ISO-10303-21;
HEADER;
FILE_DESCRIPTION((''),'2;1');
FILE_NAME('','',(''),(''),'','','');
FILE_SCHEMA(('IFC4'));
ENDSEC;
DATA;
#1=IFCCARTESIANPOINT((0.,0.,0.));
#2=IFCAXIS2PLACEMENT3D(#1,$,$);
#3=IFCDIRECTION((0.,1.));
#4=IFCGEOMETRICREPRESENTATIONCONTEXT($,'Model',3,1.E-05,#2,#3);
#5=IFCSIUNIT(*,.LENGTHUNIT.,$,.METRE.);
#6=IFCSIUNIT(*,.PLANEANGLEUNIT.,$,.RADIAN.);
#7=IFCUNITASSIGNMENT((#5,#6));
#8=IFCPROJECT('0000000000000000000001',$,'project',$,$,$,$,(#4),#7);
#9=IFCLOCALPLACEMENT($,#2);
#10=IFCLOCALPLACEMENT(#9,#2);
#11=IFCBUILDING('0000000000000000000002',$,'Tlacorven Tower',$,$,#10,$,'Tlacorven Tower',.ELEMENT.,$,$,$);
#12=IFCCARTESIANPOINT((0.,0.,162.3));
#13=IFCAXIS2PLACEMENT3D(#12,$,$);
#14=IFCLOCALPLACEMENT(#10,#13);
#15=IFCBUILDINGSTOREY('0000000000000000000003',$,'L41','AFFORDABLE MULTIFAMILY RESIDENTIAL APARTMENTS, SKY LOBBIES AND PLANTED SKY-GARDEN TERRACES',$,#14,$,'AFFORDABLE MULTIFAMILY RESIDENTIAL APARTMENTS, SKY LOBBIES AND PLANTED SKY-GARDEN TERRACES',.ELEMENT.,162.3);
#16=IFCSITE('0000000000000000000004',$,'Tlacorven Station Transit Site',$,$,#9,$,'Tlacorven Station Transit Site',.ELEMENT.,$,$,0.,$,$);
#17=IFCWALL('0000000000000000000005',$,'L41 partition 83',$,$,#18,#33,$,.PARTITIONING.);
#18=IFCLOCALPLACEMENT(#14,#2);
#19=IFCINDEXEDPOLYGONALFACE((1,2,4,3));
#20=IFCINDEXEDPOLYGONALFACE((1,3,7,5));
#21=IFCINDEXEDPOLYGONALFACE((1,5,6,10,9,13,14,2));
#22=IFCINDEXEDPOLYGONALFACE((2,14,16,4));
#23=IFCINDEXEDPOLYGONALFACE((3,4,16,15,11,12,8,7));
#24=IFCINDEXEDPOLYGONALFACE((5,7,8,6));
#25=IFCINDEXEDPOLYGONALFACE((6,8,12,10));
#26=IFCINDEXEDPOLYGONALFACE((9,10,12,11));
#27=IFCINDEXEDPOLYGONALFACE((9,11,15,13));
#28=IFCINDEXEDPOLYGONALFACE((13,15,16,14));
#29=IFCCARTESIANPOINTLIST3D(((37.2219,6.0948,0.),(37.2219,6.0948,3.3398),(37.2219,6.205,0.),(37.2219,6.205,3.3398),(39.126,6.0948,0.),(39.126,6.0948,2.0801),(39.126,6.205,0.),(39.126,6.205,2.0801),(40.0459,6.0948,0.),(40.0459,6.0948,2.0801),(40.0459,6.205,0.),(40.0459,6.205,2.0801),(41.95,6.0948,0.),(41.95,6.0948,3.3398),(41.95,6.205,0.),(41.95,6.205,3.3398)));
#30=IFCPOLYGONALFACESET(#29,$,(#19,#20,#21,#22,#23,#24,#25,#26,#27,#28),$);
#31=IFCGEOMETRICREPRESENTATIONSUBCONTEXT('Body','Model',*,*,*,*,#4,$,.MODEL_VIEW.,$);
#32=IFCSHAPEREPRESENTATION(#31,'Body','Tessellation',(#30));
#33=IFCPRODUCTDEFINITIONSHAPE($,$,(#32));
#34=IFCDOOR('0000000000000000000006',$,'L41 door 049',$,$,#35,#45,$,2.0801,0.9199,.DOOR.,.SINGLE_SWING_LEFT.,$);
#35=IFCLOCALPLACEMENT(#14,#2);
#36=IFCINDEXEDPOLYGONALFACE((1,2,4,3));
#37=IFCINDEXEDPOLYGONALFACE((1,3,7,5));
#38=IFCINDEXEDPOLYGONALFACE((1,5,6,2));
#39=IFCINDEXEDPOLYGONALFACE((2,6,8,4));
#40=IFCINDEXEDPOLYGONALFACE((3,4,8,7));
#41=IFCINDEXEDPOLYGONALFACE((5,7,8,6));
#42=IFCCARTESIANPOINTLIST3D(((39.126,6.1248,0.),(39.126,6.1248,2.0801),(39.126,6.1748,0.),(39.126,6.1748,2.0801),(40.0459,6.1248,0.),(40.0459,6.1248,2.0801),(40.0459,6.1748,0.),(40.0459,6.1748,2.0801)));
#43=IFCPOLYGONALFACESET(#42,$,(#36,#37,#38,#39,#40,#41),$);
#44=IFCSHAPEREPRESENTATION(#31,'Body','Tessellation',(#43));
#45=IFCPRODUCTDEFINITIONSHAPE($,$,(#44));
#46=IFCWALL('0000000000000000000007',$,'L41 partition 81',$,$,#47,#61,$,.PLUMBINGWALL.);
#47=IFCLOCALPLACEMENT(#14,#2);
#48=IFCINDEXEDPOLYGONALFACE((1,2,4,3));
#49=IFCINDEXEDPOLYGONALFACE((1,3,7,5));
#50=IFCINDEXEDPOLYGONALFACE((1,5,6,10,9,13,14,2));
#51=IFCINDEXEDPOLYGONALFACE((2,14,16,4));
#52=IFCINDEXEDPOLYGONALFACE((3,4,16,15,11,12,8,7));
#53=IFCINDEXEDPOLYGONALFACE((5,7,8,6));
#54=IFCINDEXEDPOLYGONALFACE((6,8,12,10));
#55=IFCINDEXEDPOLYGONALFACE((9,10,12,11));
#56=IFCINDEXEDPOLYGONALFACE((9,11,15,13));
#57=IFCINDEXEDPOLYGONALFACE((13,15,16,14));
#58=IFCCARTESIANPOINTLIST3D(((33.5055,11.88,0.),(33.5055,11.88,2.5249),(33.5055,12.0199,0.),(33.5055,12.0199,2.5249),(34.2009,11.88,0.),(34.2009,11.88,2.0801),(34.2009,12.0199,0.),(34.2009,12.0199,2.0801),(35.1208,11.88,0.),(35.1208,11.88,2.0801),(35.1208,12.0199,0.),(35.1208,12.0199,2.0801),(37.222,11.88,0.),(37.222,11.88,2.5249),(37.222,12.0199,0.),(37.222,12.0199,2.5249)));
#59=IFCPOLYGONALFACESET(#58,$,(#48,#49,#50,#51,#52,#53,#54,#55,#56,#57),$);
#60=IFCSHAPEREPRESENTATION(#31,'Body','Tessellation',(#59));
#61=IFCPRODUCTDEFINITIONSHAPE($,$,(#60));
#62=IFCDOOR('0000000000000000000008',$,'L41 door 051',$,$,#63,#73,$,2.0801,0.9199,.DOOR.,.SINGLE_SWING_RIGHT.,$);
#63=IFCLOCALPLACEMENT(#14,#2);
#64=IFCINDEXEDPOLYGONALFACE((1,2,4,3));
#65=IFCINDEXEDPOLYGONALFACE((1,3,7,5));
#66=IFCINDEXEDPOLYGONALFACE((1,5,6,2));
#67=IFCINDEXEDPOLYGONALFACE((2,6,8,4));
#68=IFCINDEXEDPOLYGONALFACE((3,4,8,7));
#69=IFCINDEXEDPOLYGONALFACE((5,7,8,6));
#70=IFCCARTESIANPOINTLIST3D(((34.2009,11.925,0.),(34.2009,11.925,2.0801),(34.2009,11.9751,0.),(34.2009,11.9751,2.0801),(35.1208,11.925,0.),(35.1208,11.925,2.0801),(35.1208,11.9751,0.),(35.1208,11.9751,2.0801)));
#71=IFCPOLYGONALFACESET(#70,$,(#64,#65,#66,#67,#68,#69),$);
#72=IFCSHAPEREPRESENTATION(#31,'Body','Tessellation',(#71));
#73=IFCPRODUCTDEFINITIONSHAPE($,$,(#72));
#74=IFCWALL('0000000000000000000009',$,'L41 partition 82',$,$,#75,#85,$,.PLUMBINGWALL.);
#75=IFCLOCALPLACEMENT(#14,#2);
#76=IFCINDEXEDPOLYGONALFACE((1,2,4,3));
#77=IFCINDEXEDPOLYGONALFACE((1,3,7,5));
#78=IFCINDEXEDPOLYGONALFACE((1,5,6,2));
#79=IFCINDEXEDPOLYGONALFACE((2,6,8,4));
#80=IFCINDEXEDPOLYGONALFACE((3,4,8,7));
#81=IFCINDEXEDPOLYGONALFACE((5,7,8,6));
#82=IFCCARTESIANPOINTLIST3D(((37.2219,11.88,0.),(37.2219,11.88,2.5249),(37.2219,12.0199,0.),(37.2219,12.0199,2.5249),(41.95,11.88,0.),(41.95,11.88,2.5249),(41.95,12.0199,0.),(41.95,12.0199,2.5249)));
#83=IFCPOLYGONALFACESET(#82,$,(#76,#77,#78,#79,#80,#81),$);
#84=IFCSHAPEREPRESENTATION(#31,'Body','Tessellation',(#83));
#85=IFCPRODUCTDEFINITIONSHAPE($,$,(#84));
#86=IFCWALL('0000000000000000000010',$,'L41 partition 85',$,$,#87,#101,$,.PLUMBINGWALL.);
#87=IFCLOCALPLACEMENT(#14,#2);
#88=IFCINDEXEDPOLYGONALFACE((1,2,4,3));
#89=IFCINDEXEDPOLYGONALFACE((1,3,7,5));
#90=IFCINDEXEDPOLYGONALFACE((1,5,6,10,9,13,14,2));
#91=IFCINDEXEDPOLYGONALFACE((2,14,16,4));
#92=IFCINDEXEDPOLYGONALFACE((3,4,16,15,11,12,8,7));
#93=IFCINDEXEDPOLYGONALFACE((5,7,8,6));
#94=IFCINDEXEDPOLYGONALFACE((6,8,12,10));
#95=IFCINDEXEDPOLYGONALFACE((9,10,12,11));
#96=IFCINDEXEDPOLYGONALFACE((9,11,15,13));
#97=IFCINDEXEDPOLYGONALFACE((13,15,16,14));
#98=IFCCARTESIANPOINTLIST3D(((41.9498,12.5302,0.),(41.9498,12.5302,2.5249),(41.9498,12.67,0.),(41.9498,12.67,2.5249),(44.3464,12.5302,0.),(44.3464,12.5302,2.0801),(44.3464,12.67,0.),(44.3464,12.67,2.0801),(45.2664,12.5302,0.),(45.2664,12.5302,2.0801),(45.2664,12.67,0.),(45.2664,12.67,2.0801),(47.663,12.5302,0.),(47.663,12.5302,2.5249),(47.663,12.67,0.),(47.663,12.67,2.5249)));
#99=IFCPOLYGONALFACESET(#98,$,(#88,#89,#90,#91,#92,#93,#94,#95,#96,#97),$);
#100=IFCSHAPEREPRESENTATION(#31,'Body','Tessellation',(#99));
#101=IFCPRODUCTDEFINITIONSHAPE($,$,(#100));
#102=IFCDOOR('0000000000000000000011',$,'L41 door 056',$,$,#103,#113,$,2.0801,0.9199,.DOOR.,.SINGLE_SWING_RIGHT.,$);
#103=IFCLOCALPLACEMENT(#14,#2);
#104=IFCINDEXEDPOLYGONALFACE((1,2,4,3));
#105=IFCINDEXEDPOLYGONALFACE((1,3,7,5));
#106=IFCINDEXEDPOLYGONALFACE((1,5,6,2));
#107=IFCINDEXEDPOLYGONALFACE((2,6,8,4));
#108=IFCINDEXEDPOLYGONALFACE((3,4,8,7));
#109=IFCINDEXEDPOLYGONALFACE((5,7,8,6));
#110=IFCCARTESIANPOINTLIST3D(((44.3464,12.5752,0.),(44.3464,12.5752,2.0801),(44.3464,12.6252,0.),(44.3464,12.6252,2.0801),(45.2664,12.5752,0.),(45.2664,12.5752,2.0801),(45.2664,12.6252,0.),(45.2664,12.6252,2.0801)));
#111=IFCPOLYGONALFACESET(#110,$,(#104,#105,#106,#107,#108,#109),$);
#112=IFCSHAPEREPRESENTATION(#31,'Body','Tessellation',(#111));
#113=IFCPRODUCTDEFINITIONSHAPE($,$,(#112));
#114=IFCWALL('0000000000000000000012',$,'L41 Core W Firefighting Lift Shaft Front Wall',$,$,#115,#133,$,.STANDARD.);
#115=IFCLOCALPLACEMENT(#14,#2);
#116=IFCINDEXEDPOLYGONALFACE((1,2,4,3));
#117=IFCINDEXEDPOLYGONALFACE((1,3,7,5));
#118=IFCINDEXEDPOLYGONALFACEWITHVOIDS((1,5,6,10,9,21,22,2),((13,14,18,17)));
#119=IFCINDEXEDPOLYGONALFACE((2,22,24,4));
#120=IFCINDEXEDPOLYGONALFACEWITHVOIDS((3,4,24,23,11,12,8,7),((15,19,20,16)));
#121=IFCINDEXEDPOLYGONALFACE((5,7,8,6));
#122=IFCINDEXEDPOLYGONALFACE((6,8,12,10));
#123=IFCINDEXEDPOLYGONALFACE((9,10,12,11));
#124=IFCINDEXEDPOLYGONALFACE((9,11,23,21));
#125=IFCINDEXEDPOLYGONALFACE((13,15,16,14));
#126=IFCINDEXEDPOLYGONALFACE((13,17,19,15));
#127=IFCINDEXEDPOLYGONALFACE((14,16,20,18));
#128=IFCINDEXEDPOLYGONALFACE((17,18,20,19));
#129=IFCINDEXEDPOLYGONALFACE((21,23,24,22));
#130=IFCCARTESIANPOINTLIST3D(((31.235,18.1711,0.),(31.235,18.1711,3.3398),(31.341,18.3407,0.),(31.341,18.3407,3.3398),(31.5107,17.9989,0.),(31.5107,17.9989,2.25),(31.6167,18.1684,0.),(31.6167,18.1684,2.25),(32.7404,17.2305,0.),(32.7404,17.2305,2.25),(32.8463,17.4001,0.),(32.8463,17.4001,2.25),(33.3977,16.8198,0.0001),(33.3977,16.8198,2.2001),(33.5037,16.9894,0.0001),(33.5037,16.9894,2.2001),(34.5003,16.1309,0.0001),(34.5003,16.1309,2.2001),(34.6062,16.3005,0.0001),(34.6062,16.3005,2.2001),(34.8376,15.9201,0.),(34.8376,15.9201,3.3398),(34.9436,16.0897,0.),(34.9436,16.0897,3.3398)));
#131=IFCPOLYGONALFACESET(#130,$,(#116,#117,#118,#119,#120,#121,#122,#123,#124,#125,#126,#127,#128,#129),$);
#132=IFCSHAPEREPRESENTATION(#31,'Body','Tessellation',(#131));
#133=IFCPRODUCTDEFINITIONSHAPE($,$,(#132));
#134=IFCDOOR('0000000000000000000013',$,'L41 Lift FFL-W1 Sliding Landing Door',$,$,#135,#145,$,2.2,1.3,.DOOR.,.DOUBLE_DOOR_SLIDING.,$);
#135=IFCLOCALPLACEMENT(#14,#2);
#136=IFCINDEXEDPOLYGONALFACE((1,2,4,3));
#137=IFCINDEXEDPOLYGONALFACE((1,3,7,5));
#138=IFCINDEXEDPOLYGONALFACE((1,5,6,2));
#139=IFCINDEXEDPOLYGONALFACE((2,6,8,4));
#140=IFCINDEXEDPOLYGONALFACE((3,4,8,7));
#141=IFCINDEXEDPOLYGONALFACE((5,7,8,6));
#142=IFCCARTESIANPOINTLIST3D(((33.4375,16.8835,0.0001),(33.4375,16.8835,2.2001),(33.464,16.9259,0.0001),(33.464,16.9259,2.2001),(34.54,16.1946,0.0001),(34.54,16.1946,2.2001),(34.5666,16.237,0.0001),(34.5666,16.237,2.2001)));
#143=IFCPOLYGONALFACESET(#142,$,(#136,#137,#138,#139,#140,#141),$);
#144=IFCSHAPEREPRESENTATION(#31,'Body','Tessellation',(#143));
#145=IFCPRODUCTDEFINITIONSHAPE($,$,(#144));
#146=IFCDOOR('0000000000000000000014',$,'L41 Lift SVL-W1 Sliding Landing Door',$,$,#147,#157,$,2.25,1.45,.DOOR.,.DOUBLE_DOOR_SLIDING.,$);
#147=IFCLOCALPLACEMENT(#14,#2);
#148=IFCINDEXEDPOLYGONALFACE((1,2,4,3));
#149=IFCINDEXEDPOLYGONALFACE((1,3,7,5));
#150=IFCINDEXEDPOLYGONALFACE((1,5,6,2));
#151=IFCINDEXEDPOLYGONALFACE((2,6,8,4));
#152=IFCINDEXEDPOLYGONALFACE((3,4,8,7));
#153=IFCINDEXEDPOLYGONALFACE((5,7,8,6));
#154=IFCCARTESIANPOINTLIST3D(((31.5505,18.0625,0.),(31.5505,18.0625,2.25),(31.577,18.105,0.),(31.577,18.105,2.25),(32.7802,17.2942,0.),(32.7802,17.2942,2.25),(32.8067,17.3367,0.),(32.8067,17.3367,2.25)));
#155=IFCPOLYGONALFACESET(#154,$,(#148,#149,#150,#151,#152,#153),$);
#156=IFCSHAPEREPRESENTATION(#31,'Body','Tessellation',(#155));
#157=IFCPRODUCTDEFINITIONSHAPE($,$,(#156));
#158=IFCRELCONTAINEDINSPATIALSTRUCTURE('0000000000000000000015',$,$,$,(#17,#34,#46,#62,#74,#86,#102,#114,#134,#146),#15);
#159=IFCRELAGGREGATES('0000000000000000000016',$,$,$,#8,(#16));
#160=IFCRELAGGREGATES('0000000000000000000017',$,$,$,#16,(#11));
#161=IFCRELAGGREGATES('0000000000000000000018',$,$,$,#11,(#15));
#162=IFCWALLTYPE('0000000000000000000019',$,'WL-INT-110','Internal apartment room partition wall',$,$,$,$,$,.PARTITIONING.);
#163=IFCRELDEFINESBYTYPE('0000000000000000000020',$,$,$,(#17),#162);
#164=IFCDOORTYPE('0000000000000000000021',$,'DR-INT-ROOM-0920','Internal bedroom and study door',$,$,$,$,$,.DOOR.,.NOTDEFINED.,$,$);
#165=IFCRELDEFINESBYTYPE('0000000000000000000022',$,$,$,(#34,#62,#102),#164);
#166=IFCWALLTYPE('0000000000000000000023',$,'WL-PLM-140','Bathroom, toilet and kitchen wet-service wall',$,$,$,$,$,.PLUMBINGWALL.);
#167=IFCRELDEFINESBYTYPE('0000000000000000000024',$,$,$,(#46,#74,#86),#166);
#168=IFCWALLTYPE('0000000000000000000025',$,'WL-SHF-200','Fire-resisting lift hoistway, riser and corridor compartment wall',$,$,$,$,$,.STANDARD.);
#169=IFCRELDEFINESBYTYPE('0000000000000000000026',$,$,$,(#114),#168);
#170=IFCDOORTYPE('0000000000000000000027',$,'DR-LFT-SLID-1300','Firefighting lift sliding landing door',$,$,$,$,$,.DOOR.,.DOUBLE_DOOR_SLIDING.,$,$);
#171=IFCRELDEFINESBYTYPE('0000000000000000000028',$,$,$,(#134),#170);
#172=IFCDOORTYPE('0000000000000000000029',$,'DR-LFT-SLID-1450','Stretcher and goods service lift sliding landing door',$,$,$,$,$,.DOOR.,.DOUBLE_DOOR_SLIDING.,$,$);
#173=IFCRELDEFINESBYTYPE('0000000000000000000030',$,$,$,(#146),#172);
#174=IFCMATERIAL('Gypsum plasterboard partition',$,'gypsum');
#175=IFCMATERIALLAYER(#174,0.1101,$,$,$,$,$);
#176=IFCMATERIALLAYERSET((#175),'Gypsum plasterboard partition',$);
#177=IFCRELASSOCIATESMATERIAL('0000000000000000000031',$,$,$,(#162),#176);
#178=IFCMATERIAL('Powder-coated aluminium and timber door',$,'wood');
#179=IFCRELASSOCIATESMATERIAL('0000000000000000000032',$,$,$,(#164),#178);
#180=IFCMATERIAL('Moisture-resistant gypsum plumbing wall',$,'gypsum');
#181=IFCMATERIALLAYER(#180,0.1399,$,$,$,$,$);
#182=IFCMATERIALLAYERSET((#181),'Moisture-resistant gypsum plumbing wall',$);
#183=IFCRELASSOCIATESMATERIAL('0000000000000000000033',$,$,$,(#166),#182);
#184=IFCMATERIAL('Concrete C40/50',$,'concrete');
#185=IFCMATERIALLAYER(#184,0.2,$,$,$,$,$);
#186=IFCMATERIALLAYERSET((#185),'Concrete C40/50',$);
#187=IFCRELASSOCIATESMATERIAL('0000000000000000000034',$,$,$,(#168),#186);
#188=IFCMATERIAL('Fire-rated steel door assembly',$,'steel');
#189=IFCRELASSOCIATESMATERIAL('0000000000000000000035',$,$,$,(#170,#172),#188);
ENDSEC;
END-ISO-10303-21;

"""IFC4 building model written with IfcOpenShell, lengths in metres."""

from ifc_helpers import new_model, si_unit, direction, frame, frame_2d, origin, place, context, subcontext, project, spatial, rectangle, extrude, source, transform, mapped, material, layer, layer_set, type_object, element, fill, save


model = new_model("IFC4")

# Units and contexts
model_context = context("Model", 3, precision=1e-05, world=origin(), true_north=direction((0.0, 1.0)))
body_context = subcontext(model_context, "Body", "Model", "MODEL_VIEW")
ifc_project = project(units=[si_unit("LENGTHUNIT", "METRE"), si_unit("PLANEANGLEUNIT", "RADIAN")], contexts=[model_context])

# Site, building, storey
site_placement = place(None, origin())
site = spatial("IfcSite", under=ifc_project, at=site_placement, Name="Tlacorven Station Transit Site", LongName="Tlacorven Station Transit Site", CompositionType="ELEMENT", RefElevation=0.0)
building_placement = place(site_placement, origin())
building = spatial("IfcBuilding", under=site, at=building_placement, Name="Tlacorven Tower", LongName="Tlacorven Tower", CompositionType="ELEMENT")
storey_placement = place(building_placement, frame((0.0, 0.0, 162.3)))
storey = spatial("IfcBuildingStorey", under=building, at=storey_placement, Name="L41", Description="AFFORDABLE MULTIFAMILY RESIDENTIAL APARTMENTS, SKY LOBBIES AND PLANTED SKY-GARDEN TERRACES", LongName="AFFORDABLE MULTIFAMILY RESIDENTIAL APARTMENTS, SKY LOBBIES AND PLANTED SKY-GARDEN TERRACES", CompositionType="ELEMENT", Elevation=162.3)

# Shared definitions
ifc_material_1 = material(Name="Fire-rated steel door assembly", Category="steel")

# Walls, openings, doors
ifc_material_2 = material(Name="Gypsum plasterboard partition", Category="gypsum")
ifc_layer_1 = layer(ifc_material_2, 0.1101)
ifc_layer_set_1 = layer_set([ifc_layer_1], Name="Gypsum plasterboard partition")
wall_type_1 = type_object("IfcWallType", Name="WL-INT-110", Description="Internal apartment room partition wall", PredefinedType="PARTITIONING", material=ifc_layer_set_1)
wall_1_placement = place(storey_placement, frame((37.2219, 6.1499, 0.0), z_axis=(0.0, 0.0, 1.0), x_axis=(1.0, 0.0, 0.0)))
wall_1 = element("IfcWall", 1, at=wall_1_placement, inside=storey, type_object=wall_type_1, Name="L41 partition 83", PredefinedType="PARTITIONING", context=body_context, shape_type="SweptSolid", body=[
    extrude(rectangle(XDim=4.728, YDim=0.1101, at=frame_2d((2.364, 0.0))), origin(), (0.0, 0.0, 1.0), 3.3398),
])
opening_1_placement = place(wall_1_placement, frame((1.9041, 0.0, 0.0)))
opening_1 = element("IfcOpeningElement", 2, at=opening_1_placement, cuts=wall_1, PredefinedType="OPENING", context=body_context, shape_type="SweptSolid", body=[
    extrude(rectangle(XDim=0.9199, YDim=2.0801, at=frame_2d((0.46, 1.04))), frame((0.0, 0.0649, 0.0), z_axis=(0.0, -1.0, 0.0), x_axis=(1.0, 0.0, 0.0)), (0.0, 0.0, 1.0), 0.1301),
])
ifc_material_3 = material(Name="Powder-coated aluminium and timber door", Category="wood")
door_type_1 = type_object("IfcDoorType", Name="DR-INT-ROOM-0920", Description="Internal bedroom and study door", OperationType="NOTDEFINED", PredefinedType="DOOR", material=ifc_material_3)
shared_shape_1 = source(origin(), body_context, "Body", "SweptSolid", [
    extrude(rectangle(XDim=0.9199, YDim=2.0801, at=frame_2d((0.46, 1.04))), frame((0.0, 0.0249, 0.0), z_axis=(0.0, -1.0, 0.0), x_axis=(1.0, 0.0, 0.0)), (0.0, 0.0, 1.0), 0.05),
])
door_1_placement = place(opening_1_placement, origin())
door_1 = element("IfcDoor", 3, at=door_1_placement, inside=storey, type_object=door_type_1, Name="L41 door 049", OperationType="SINGLE_SWING_LEFT", OverallHeight=2.0801, OverallWidth=0.9199, PredefinedType="DOOR", context=body_context, shape_type="MappedRepresentation", body=[
    mapped(shared_shape_1, transform((0.0, 0.0, 0.0), scale=1.0)),
])
fill(opening_1, door_1)
ifc_material_4 = material(Name="Moisture-resistant gypsum plumbing wall", Category="gypsum")
ifc_layer_2 = layer(ifc_material_4, 0.1399)
ifc_layer_set_2 = layer_set([ifc_layer_2], Name="Moisture-resistant gypsum plumbing wall")
wall_type_2 = type_object("IfcWallType", Name="WL-PLM-140", Description="Bathroom, toilet and kitchen wet-service wall", PredefinedType="PLUMBINGWALL", material=ifc_layer_set_2)
wall_2_placement = place(storey_placement, frame((33.5054, 11.95, 0.0), z_axis=(0.0, 0.0, 1.0), x_axis=(1.0, 0.0, 0.0)))
wall_2 = element("IfcWall", 4, at=wall_2_placement, inside=storey, type_object=wall_type_2, Name="L41 partition 81", PredefinedType="PLUMBINGWALL", context=body_context, shape_type="SweptSolid", body=[
    extrude(rectangle(XDim=3.7166, YDim=0.1399, at=frame_2d((1.8584, 0.0))), origin(), (0.0, 0.0, 1.0), 2.5249),
])
opening_2_placement = place(wall_2_placement, frame((0.6956, 0.0, 0.0)))
opening_2 = element("IfcOpeningElement", 5, at=opening_2_placement, cuts=wall_2, PredefinedType="OPENING", context=body_context, shape_type="SweptSolid", body=[
    extrude(rectangle(XDim=0.9199, YDim=2.0801, at=frame_2d((0.46, 1.04))), frame((0.0, 0.0801, 0.0), z_axis=(0.0, -1.0, 0.0), x_axis=(1.0, 0.0, 0.0)), (0.0, 0.0, 1.0), 0.1599),
])
door_2_placement = place(opening_2_placement, frame((0.9199, 0.0, 0.0), z_axis=(0.0, 0.0, 1.0), x_axis=(-1.0, 0.0, 0.0)))
door_2 = element("IfcDoor", 6, at=door_2_placement, inside=storey, type_object=door_type_1, Name="L41 door 051", OperationType="SINGLE_SWING_RIGHT", OverallHeight=2.0801, OverallWidth=0.9199, PredefinedType="DOOR", context=body_context, shape_type="MappedRepresentation", body=[
    mapped(shared_shape_1, transform((0.0, 0.0, 0.0), scale=1.0)),
])
fill(opening_2, door_2)

# Wall
wall_3_placement = place(storey_placement, frame((37.2219, 11.95, 0.0), z_axis=(0.0, 0.0, 1.0), x_axis=(1.0, 0.0, 0.0)))
element("IfcWall", 7, at=wall_3_placement, inside=storey, type_object=wall_type_2, Name="L41 partition 82", PredefinedType="PLUMBINGWALL", context=body_context, shape_type="SweptSolid", body=[
    extrude(rectangle(XDim=4.728, YDim=0.1399, at=frame_2d((2.364, 0.0))), origin(), (0.0, 0.0, 1.0), 2.5249),
])

# Wall, opening, door
wall_4_placement = place(storey_placement, frame((41.95, 12.6001, 0.0), z_axis=(0.0, 0.0, 1.0), x_axis=(1.0, 0.0, 0.0)))
wall_4 = element("IfcWall", 8, at=wall_4_placement, inside=storey, type_object=wall_type_2, Name="L41 partition 85", PredefinedType="PLUMBINGWALL", context=body_context, shape_type="SweptSolid", body=[
    extrude(rectangle(XDim=5.7131, YDim=0.1399, at=frame_2d((2.8564, 0.0))), origin(), (0.0, 0.0, 1.0), 2.5249),
])
opening_3_placement = place(wall_4_placement, frame((2.3965, 0.0, 0.0)))
opening_3 = element("IfcOpeningElement", 9, at=opening_3_placement, cuts=wall_4, PredefinedType="OPENING", context=body_context, shape_type="SweptSolid", body=[
    extrude(rectangle(XDim=0.9199, YDim=2.0801, at=frame_2d((0.46, 1.04))), frame((0.0, 0.0801, 0.0), z_axis=(0.0, -1.0, 0.0), x_axis=(1.0, 0.0, 0.0)), (0.0, 0.0, 1.0), 0.1599),
])
door_3_placement = place(opening_3_placement, frame((0.9199, 0.0, 0.0), z_axis=(0.0, 0.0, 1.0), x_axis=(-1.0, 0.0, 0.0)))
door_3 = element("IfcDoor", 10, at=door_3_placement, inside=storey, type_object=door_type_1, Name="L41 door 056", OperationType="SINGLE_SWING_RIGHT", OverallHeight=2.0801, OverallWidth=0.9199, PredefinedType="DOOR", context=body_context, shape_type="MappedRepresentation", body=[
    mapped(shared_shape_1, transform((0.0, 0.0, 0.0), scale=1.0)),
])
fill(opening_3, door_3)

# Wall, openings, doors
ifc_material_5 = material(Name="Concrete C40/50", Category="concrete")
ifc_layer_3 = layer(ifc_material_5, 0.2)
ifc_layer_set_3 = layer_set([ifc_layer_3], Name="Concrete C40/50")
wall_type_3 = type_object("IfcWallType", Name="WL-SHF-200", Description="Fire-resisting lift hoistway, riser and corridor compartment wall", PredefinedType="STANDARD", material=ifc_layer_set_3)
wall_5_placement = place(storey_placement, frame((34.8906, 16.0049, 0.0), z_axis=(0.0, 0.0, 1.0), x_axis=(-0.848063, 0.529896, 0.0)))
wall_5 = element("IfcWall", 11, at=wall_5_placement, inside=storey, type_object=wall_type_3, Name="L41 Core W Firefighting Lift Shaft Front Wall", PredefinedType="STANDARD", context=body_context, shape_type="SweptSolid", body=[
    extrude(rectangle(XDim=4.248, YDim=0.2, at=frame_2d((2.124, 0.0))), origin(), (0.0, 0.0, 1.0), 3.3398),
])
opening_4_placement = place(wall_5_placement, frame((0.3979, 0.0, 0.0)))
opening_4 = element("IfcOpeningElement", 12, at=opening_4_placement, cuts=wall_5, PredefinedType="OPENING", context=body_context, shape_type="SweptSolid", body=[
    extrude(rectangle(XDim=1.3, YDim=2.2, at=frame_2d((0.6499, 1.1001))), frame((0.0, 0.1099, 0.0), z_axis=(0.0, -1.0, 0.0), x_axis=(1.0, 0.0, 0.0)), (0.0, 0.0, 1.0), 0.22),
])
opening_5_placement = place(wall_5_placement, frame((2.4729, 0.0, 0.0)))
opening_5 = element("IfcOpeningElement", 13, at=opening_5_placement, cuts=wall_5, PredefinedType="OPENING", context=body_context, shape_type="SweptSolid", body=[
    extrude(rectangle(XDim=1.45, YDim=2.25, at=frame_2d((0.7251, 1.125))), frame((0.0, 0.1099, 0.0), z_axis=(0.0, -1.0, 0.0), x_axis=(1.0, 0.0, 0.0)), (0.0, 0.0, 1.0), 0.22),
])
door_type_2 = type_object("IfcDoorType", Name="DR-LFT-SLID-1300", Description="Firefighting lift sliding landing door", OperationType="DOUBLE_DOOR_SLIDING", PredefinedType="DOOR", material=ifc_material_1)
shared_shape_2 = source(origin(), body_context, "Body", "SweptSolid", [
    extrude(rectangle(XDim=1.3, YDim=2.2, at=frame_2d((0.6499, 1.1001))), frame((0.0, 0.0249, 0.0), z_axis=(0.0, -1.0, 0.0), x_axis=(1.0, 0.0, 0.0)), (0.0, 0.0, 1.0), 0.05),
])
door_4_placement = place(opening_4_placement, origin())
door_4 = element("IfcDoor", 14, at=door_4_placement, inside=storey, type_object=door_type_2, Name="L41 Lift FFL-W1 Sliding Landing Door", OperationType="DOUBLE_DOOR_SLIDING", OverallHeight=2.2, OverallWidth=1.3, PredefinedType="DOOR", context=body_context, shape_type="MappedRepresentation", body=[
    mapped(shared_shape_2, transform((0.0, 0.0, 0.0), scale=1.0)),
])
fill(opening_4, door_4)
door_type_3 = type_object("IfcDoorType", Name="DR-LFT-SLID-1450", Description="Stretcher and goods service lift sliding landing door", OperationType="DOUBLE_DOOR_SLIDING", PredefinedType="DOOR", material=ifc_material_1)
shared_shape_3 = source(origin(), body_context, "Body", "SweptSolid", [
    extrude(rectangle(XDim=1.45, YDim=2.25, at=frame_2d((0.7251, 1.125))), frame((0.0, 0.0249, 0.0), z_axis=(0.0, -1.0, 0.0), x_axis=(1.0, 0.0, 0.0)), (0.0, 0.0, 1.0), 0.05),
])
door_5_placement = place(opening_5_placement, origin())
door_5 = element("IfcDoor", 15, at=door_5_placement, inside=storey, type_object=door_type_3, Name="L41 Lift SVL-W1 Sliding Landing Door", OperationType="DOUBLE_DOOR_SLIDING", OverallHeight=2.25, OverallWidth=1.45, PredefinedType="DOOR", context=body_context, shape_type="MappedRepresentation", body=[
    mapped(shared_shape_3, transform((0.0, 0.0, 0.0), scale=1.0)),
])
fill(opening_5, door_5)

save(model, "model.ifc")
